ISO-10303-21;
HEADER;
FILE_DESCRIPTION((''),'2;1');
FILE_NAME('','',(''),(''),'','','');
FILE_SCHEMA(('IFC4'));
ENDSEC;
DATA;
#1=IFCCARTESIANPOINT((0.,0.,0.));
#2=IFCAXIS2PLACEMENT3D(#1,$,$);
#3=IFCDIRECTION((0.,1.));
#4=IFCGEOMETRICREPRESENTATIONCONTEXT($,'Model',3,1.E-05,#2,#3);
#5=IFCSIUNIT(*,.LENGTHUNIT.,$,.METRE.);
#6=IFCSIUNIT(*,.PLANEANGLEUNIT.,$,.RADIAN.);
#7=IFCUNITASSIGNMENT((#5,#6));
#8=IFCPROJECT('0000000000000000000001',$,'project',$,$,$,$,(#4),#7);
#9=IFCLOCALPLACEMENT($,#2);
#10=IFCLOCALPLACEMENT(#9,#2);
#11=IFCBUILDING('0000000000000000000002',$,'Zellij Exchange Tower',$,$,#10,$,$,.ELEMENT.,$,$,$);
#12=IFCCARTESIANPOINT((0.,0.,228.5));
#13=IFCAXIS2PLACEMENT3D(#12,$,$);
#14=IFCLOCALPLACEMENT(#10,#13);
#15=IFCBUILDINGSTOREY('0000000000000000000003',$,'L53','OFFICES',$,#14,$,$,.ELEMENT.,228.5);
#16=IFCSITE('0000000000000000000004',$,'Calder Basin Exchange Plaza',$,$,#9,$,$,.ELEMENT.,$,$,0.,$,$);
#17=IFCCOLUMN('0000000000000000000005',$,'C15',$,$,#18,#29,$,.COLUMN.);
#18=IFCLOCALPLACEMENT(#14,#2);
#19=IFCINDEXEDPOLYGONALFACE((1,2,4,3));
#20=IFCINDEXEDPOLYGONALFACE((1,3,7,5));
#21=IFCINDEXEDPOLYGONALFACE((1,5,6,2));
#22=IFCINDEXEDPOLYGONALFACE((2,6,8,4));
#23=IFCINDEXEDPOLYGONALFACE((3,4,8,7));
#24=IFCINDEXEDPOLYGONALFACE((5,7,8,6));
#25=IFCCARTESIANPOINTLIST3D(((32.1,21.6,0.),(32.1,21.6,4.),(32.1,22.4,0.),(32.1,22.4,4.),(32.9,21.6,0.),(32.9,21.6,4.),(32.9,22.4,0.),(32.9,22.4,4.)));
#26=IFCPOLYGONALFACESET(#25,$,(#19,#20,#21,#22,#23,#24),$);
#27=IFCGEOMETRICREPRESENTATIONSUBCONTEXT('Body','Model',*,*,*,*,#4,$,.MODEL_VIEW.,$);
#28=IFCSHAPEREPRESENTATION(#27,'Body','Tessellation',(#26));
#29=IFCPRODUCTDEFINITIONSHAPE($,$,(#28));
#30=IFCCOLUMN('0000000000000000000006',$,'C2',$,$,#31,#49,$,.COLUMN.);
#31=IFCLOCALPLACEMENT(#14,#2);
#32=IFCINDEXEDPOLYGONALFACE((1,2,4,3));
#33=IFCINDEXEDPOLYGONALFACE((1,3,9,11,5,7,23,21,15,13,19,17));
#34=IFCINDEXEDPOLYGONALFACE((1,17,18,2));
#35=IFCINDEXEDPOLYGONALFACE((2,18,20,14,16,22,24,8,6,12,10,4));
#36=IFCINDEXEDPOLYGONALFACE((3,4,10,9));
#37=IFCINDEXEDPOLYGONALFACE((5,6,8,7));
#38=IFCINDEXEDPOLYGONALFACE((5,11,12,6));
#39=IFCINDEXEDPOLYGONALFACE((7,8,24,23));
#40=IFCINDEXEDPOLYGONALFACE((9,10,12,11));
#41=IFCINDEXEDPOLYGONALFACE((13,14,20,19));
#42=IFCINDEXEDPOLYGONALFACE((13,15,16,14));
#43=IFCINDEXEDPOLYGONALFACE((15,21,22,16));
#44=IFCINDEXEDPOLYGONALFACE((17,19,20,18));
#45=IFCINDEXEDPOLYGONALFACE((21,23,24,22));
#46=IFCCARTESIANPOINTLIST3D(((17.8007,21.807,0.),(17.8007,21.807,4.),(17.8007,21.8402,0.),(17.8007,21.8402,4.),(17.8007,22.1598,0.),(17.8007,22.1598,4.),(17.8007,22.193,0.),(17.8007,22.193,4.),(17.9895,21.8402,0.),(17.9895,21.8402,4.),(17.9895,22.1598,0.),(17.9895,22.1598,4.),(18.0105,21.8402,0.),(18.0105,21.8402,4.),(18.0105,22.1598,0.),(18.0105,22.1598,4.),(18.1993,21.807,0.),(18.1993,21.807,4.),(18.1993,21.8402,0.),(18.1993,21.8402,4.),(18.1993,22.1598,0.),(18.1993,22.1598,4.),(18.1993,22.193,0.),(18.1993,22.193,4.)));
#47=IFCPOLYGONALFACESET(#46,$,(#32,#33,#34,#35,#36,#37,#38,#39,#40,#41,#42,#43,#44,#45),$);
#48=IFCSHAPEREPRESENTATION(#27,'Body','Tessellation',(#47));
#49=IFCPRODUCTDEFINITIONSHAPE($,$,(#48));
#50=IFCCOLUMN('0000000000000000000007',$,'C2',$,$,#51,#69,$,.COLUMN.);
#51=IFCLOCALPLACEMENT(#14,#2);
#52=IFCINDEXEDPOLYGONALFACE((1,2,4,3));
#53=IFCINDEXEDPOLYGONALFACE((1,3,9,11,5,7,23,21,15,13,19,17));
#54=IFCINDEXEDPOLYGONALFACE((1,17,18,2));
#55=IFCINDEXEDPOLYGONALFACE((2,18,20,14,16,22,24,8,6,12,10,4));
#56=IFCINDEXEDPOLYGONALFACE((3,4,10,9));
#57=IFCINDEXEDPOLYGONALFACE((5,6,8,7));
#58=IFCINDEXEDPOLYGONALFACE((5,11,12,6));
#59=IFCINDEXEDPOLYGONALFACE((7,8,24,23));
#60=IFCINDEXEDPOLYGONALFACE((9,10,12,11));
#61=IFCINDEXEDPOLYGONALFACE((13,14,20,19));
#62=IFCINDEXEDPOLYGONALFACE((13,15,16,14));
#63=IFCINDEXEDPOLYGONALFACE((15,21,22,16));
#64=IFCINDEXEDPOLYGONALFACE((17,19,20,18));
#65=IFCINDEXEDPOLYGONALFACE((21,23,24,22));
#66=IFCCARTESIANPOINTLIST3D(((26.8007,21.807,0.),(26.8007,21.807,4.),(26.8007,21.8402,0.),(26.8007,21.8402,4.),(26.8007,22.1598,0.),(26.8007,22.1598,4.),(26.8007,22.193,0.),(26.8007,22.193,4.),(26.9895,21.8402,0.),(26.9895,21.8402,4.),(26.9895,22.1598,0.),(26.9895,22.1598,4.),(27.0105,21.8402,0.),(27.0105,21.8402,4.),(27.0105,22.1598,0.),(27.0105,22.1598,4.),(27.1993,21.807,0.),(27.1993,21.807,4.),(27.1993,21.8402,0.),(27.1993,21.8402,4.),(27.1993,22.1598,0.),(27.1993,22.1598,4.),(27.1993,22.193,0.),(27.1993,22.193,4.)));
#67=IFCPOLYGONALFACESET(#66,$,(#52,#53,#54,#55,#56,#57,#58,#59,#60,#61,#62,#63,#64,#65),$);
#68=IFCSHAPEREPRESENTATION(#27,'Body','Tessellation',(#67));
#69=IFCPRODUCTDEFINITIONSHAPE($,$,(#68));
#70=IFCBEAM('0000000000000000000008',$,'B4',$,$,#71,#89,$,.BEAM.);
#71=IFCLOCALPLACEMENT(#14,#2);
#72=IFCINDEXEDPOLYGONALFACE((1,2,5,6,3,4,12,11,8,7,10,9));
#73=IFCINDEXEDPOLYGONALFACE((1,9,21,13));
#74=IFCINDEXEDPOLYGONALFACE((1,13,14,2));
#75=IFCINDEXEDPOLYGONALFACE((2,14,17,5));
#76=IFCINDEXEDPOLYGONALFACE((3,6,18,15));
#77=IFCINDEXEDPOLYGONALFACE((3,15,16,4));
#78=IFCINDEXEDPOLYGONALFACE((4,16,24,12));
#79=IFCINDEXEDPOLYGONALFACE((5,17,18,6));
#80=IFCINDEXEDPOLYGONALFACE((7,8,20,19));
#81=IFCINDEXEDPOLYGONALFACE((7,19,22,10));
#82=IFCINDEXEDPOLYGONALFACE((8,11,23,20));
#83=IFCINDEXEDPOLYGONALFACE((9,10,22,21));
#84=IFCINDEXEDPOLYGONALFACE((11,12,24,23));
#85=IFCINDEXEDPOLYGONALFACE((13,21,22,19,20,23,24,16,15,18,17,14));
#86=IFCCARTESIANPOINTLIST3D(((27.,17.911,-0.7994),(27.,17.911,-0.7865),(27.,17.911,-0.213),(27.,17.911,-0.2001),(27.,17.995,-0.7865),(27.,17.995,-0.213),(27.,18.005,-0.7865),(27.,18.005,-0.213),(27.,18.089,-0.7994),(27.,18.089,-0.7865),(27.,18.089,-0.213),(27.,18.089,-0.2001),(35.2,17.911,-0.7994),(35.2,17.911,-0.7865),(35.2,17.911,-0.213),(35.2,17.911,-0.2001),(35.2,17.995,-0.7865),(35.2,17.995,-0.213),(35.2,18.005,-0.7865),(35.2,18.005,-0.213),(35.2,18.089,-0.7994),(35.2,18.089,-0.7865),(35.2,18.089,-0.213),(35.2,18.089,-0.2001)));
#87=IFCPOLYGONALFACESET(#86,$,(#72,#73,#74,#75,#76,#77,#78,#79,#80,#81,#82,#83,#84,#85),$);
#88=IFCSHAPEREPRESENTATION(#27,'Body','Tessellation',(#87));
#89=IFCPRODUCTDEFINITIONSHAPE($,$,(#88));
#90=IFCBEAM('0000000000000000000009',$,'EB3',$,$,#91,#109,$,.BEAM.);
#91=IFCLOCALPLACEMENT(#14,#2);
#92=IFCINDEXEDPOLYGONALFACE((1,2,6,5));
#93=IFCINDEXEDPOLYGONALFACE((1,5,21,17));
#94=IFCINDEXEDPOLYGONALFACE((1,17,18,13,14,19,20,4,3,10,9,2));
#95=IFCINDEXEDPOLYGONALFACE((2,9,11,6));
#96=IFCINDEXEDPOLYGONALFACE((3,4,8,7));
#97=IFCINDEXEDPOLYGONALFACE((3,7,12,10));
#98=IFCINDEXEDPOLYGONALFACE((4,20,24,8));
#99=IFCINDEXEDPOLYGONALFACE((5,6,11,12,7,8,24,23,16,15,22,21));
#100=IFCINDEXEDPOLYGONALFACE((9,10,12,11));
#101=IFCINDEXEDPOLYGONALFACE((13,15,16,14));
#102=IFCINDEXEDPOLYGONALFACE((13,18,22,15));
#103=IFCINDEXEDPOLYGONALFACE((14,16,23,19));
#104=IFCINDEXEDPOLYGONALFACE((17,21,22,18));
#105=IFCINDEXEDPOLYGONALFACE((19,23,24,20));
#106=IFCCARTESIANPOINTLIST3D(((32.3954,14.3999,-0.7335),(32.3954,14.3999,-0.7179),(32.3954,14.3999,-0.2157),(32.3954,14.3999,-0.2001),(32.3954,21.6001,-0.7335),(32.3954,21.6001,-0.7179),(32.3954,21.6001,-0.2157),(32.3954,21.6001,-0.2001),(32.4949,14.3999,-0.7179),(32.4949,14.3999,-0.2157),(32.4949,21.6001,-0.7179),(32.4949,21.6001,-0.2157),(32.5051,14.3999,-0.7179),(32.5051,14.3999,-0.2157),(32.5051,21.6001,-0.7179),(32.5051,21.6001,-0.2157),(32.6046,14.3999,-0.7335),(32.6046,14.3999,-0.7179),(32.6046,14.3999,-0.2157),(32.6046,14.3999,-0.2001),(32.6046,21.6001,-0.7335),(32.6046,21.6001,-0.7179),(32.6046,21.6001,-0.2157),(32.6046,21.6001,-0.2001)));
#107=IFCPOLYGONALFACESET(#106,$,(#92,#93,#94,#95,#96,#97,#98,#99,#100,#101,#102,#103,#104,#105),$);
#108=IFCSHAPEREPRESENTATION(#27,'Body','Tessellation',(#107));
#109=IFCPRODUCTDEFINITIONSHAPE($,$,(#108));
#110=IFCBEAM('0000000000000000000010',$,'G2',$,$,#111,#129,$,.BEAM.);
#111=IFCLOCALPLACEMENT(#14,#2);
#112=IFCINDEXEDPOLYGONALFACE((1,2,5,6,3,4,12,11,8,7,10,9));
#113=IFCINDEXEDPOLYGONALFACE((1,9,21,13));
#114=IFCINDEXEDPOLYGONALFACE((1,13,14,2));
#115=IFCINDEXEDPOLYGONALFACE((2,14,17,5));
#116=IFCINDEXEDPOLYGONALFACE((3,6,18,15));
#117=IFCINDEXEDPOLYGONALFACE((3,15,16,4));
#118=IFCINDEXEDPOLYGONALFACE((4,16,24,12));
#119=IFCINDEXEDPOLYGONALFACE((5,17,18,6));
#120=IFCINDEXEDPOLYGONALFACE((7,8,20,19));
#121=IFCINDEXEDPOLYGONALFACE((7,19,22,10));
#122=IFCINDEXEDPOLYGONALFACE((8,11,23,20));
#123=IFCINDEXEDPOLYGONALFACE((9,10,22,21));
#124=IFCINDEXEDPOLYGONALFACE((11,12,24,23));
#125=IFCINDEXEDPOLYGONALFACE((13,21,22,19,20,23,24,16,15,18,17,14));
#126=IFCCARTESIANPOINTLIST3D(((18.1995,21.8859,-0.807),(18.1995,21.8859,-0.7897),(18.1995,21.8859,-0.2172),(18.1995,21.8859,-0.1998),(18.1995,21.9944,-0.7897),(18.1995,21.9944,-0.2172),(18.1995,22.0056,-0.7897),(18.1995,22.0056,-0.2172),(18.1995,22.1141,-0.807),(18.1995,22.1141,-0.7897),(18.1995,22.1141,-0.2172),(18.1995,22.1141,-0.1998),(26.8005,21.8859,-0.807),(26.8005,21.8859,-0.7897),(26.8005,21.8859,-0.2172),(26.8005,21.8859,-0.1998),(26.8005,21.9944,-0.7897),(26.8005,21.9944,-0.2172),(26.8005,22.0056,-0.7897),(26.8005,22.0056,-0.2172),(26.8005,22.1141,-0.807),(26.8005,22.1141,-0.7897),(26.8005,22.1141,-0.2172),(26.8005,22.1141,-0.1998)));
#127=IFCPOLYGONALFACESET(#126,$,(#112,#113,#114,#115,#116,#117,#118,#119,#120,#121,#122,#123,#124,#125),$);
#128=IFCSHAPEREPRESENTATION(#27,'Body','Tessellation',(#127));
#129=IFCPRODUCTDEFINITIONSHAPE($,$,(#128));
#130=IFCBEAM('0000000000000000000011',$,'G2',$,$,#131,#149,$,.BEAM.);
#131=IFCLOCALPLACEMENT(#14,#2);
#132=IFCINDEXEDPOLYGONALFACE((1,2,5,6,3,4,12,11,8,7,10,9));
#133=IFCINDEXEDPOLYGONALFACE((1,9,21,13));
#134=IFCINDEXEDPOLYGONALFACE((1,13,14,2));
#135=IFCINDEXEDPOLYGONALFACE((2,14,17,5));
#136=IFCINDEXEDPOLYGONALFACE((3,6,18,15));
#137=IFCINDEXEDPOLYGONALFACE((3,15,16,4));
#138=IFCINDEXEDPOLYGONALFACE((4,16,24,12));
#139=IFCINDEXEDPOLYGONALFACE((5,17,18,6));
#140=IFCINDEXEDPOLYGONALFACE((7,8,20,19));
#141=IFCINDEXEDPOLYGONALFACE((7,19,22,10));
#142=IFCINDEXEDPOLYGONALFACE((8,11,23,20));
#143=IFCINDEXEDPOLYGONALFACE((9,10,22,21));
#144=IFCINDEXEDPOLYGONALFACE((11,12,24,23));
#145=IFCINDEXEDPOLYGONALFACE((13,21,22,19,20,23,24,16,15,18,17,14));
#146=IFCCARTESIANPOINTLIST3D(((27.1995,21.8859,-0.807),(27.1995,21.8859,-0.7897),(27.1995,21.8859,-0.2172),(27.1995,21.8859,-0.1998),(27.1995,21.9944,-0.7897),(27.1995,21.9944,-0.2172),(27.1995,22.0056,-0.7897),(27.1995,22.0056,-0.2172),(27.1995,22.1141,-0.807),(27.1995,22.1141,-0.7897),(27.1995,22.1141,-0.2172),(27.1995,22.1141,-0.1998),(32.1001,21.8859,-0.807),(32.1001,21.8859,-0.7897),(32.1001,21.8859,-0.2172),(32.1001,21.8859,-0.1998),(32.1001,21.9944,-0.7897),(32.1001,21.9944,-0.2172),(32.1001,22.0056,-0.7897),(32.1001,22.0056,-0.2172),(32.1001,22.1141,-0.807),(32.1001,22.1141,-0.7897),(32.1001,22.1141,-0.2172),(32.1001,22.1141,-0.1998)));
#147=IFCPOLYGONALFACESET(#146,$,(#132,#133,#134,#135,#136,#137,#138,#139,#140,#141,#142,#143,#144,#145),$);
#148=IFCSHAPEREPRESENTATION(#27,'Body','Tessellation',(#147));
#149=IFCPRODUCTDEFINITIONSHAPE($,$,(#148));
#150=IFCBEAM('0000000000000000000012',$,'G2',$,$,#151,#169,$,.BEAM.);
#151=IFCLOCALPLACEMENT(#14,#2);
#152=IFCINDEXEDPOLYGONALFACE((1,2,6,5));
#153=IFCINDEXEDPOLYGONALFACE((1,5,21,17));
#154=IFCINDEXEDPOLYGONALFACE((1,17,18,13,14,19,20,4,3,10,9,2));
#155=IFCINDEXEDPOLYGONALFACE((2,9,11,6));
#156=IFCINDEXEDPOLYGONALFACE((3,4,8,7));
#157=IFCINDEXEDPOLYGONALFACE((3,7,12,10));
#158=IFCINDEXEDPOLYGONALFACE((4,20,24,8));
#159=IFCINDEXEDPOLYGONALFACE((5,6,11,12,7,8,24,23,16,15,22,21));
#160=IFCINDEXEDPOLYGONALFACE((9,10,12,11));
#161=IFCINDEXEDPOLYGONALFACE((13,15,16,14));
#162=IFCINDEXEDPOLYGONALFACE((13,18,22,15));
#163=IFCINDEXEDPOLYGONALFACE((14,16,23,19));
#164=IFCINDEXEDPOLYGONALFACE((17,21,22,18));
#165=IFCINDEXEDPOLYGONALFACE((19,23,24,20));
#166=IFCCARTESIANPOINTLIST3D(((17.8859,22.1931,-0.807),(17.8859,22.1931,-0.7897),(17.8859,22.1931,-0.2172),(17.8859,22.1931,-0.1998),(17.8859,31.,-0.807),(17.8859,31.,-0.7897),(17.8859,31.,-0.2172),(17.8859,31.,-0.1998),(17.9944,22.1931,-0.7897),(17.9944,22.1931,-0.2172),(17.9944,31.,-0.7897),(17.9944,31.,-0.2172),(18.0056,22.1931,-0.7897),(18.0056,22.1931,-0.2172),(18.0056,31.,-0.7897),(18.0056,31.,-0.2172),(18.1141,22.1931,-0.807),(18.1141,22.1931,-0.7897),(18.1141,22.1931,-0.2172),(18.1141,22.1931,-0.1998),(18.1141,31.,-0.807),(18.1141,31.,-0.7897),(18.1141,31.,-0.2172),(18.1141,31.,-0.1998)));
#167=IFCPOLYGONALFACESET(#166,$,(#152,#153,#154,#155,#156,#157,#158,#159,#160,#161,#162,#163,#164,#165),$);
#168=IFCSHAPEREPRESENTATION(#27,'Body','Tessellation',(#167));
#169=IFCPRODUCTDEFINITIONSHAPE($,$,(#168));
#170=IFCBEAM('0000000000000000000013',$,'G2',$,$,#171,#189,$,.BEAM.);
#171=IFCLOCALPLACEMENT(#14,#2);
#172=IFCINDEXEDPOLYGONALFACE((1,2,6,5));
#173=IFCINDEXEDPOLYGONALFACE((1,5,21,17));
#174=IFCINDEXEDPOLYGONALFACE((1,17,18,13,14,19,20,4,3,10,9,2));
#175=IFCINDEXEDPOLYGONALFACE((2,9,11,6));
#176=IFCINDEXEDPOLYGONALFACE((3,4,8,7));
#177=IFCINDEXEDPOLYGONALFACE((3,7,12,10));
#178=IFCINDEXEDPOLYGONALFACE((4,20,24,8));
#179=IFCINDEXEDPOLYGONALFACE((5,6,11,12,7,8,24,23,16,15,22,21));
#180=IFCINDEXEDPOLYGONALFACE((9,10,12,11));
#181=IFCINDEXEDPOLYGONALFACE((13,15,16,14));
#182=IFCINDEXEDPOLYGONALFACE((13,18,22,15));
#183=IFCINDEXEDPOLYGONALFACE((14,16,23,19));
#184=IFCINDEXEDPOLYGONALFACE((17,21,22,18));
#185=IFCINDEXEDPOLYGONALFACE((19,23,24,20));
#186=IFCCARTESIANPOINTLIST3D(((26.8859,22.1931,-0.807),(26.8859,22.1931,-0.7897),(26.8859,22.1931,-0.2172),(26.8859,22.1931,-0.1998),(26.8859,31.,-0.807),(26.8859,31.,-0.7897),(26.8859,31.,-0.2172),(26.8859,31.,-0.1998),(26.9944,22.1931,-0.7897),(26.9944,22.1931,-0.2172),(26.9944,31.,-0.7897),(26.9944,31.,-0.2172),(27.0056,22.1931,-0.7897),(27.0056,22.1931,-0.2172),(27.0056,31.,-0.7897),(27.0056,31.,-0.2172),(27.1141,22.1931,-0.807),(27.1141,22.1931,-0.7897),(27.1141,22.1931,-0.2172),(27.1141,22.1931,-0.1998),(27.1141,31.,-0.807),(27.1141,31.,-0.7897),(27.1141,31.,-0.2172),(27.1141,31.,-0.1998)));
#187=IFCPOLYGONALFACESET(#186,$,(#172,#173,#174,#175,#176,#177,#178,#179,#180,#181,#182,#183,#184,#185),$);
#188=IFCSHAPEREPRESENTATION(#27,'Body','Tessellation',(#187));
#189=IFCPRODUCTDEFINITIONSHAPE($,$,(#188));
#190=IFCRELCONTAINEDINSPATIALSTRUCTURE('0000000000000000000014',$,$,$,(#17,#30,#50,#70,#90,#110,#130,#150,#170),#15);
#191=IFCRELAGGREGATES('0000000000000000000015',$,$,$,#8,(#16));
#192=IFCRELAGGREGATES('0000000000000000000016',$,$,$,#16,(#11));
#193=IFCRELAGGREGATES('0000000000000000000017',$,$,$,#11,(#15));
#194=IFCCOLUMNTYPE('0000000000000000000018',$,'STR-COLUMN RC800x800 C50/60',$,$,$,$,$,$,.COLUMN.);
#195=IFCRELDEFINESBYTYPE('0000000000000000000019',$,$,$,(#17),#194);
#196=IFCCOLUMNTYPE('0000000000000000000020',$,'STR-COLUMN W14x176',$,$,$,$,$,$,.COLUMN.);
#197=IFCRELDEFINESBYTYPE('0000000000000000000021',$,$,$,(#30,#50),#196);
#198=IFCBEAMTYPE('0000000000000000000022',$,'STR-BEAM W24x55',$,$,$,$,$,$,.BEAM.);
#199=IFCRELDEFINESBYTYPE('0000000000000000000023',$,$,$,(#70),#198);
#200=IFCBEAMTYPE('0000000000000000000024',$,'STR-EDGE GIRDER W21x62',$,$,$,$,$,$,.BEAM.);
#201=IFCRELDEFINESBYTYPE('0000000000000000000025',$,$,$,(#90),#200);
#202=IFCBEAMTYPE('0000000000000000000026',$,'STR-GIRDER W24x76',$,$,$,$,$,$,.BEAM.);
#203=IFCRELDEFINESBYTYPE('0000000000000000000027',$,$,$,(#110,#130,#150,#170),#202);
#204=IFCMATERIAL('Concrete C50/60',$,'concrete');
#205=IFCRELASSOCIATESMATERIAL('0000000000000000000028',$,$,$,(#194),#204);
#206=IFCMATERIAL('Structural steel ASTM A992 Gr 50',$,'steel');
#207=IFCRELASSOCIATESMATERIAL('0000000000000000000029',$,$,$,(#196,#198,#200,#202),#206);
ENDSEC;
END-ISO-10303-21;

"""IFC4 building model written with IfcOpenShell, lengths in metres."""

from ifc_helpers import new_model, si_unit, direction, frame, origin, origin_2d, place, context, subcontext, project, spatial, rectangle, i_section, extrude, material, material_profile, profile_set, type_object, element, save


model = new_model("IFC4")

# Units and contexts
model_context = context("Model", 3, precision=1e-05, world=origin(), true_north=direction((0.0, 1.0)))
body_context = subcontext(model_context, "Body", "Model", "MODEL_VIEW")
ifc_project = project(units=[si_unit("LENGTHUNIT", "METRE"), si_unit("PLANEANGLEUNIT", "RADIAN")], contexts=[model_context])

# Site, building, storey
site_placement = place(None, origin())
site = spatial("IfcSite", under=ifc_project, at=site_placement, Name="Calder Basin Exchange Plaza", CompositionType="ELEMENT", RefElevation=0.0)
building_placement = place(site_placement, origin())
building = spatial("IfcBuilding", under=site, at=building_placement, Name="Zellij Exchange Tower", CompositionType="ELEMENT")
storey_placement = place(building_placement, frame((0.0, 0.0, 228.5)))
storey = spatial("IfcBuildingStorey", under=building, at=storey_placement, Name="L53", Description="OFFICES", CompositionType="ELEMENT", Elevation=228.5)

# Columns
ifc_material_1 = material(Name="Concrete C50/60", Category="concrete")
ifc_material_profile_1 = material_profile(ifc_material_1, rectangle(XDim=0.8, YDim=0.8, at=origin_2d()), Name="STR-COLUMN RC800x800 C50/60")
ifc_profile_set_1 = profile_set([ifc_material_profile_1], Name="Concrete C50/60")
column_type_1 = type_object("IfcColumnType", Name="STR-COLUMN RC800x800 C50/60", PredefinedType="COLUMN", material=ifc_profile_set_1)
column_placement = place(storey_placement, frame((32.5, 22.0, 0.0), z_axis=(0.0, 0.0, 1.0), x_axis=(1.0, 0.0, 0.0)))
element("IfcColumn", 1, at=column_placement, inside=storey, type_object=column_type_1, Name="C15", PredefinedType="COLUMN", context=body_context, shape_type="SweptSolid", body=[
    extrude(rectangle(XDim=0.8, YDim=0.8, at=origin_2d()), origin(), (0.0, 0.0, 1.0), 4.0),
])
ifc_material_2 = material(Name="Structural steel ASTM A992 Gr 50", Category="steel")
ifc_material_profile_2 = material_profile(ifc_material_2, i_section(OverallWidth=0.3987, OverallDepth=0.386, WebThickness=0.021, FlangeThickness=0.0332, at=origin_2d()), Name="W14x176")
ifc_profile_set_2 = profile_set([ifc_material_profile_2], Name="Structural steel ASTM A992 Gr 50")
column_type_2 = type_object("IfcColumnType", Name="STR-COLUMN W14x176", PredefinedType="COLUMN", material=ifc_profile_set_2)
for number, where, z_axis, x_axis, name in (
    (2, (18.0, 22.0, 0.0), (0.0, 0.0, 1.0), (1.0, 0.0, 0.0), "C2"),
    (3, (27.0, 22.0, 0.0), (0.0, 0.0, 1.0), (1.0, 0.0, 0.0), "C2"),
):
    element("IfcColumn", number, at=place(storey_placement, frame(where, z_axis=z_axis, x_axis=x_axis)), inside=storey, type_object=column_type_2, Name=name, PredefinedType="COLUMN", context=body_context, shape_type="SweptSolid", body=[
        extrude(i_section(OverallWidth=0.3987, OverallDepth=0.386, WebThickness=0.021, FlangeThickness=0.0332, at=origin_2d()), origin(), (0.0, 0.0, 1.0), 4.0),
    ])

# Beams
ifc_material_profile_3 = material_profile(ifc_material_2, i_section(OverallWidth=0.178, OverallDepth=0.5994, WebThickness=0.01, FlangeThickness=0.0129, at=origin_2d()), Name="W24x55")
ifc_profile_set_3 = profile_set([ifc_material_profile_3], Name="Structural steel ASTM A992 Gr 50")
beam_type_1 = type_object("IfcBeamType", Name="STR-BEAM W24x55", PredefinedType="BEAM", material=ifc_profile_set_3)
beam_1_placement = place(storey_placement, frame((27.0, 18.0, -0.4998), z_axis=(1.0, 0.0, 0.0), x_axis=(0.0, 1.0, 0.0)))
element("IfcBeam", 4, at=beam_1_placement, inside=storey, type_object=beam_type_1, Name="B4", PredefinedType="BEAM", context=body_context, shape_type="SweptSolid", body=[
    extrude(i_section(OverallWidth=0.178, OverallDepth=0.5994, WebThickness=0.01, FlangeThickness=0.0129, at=origin_2d()), origin(), (0.0, 0.0, 1.0), 8.2),
])
ifc_material_profile_4 = material_profile(ifc_material_2, i_section(OverallWidth=0.2092, OverallDepth=0.5334, WebThickness=0.0103, FlangeThickness=0.0156, at=origin_2d()), Name="W21x62")
ifc_profile_set_4 = profile_set([ifc_material_profile_4], Name="Structural steel ASTM A992 Gr 50")
beam_type_2 = type_object("IfcBeamType", Name="STR-EDGE GIRDER W21x62", PredefinedType="BEAM", material=ifc_profile_set_4)
beam_2_placement = place(storey_placement, frame((32.5, 14.3999, -0.4668), z_axis=(0.0, 1.0, 0.0), x_axis=(-1.0, 0.0, 0.0)))
element("IfcBeam", 5, at=beam_2_placement, inside=storey, type_object=beam_type_2, Name="EB3", PredefinedType="BEAM", context=body_context, shape_type="SweptSolid", body=[
    extrude(i_section(OverallWidth=0.2092, OverallDepth=0.5334, WebThickness=0.0103, FlangeThickness=0.0156, at=origin_2d()), origin(), (0.0, 0.0, 1.0), 7.2002),
])
ifc_material_profile_5 = material_profile(ifc_material_2, i_section(OverallWidth=0.2283, OverallDepth=0.6072, WebThickness=0.0112, FlangeThickness=0.0173, at=origin_2d()), Name="W24x76")
ifc_profile_set_5 = profile_set([ifc_material_profile_5], Name="Structural steel ASTM A992 Gr 50")
beam_type_3 = type_object("IfcBeamType", Name="STR-GIRDER W24x76", PredefinedType="BEAM", material=ifc_profile_set_5)
beam_3_placement = place(storey_placement, frame((18.1995, 22.0, -0.5034), z_axis=(1.0, 0.0, 0.0), x_axis=(0.0, 1.0, 0.0)))
element("IfcBeam", 6, at=beam_3_placement, inside=storey, type_object=beam_type_3, Name="G2", PredefinedType="BEAM", context=body_context, shape_type="SweptSolid", body=[
    extrude(i_section(OverallWidth=0.2283, OverallDepth=0.6072, WebThickness=0.0112, FlangeThickness=0.0173, at=origin_2d()), origin(), (0.0, 0.0, 1.0), 8.6011),
])
beam_4_placement = place(storey_placement, frame((27.1995, 22.0, -0.5034), z_axis=(1.0, 0.0, 0.0), x_axis=(0.0, 1.0, 0.0)))
element("IfcBeam", 7, at=beam_4_placement, inside=storey, type_object=beam_type_3, Name="G2", PredefinedType="BEAM", context=body_context, shape_type="SweptSolid", body=[
    extrude(i_section(OverallWidth=0.2283, OverallDepth=0.6072, WebThickness=0.0112, FlangeThickness=0.0173, at=origin_2d()), origin(), (0.0, 0.0, 1.0), 4.9006),
])
for number, where, z_axis, x_axis, name in (
    (8, (18.0, 22.1931, -0.5034), (0.0, 1.0, 0.0), (-1.0, 0.0, 0.0), "G2"),
    (9, (27.0, 22.1931, -0.5034), (0.0, 1.0, 0.0), (-1.0, 0.0, 0.0), "G2"),
):
    element("IfcBeam", number, at=place(storey_placement, frame(where, z_axis=z_axis, x_axis=x_axis)), inside=storey, type_object=beam_type_3, Name=name, PredefinedType="BEAM", context=body_context, shape_type="SweptSolid", body=[
        extrude(i_section(OverallWidth=0.2283, OverallDepth=0.6072, WebThickness=0.0112, FlangeThickness=0.0173, at=origin_2d()), origin(), (0.0, 0.0, 1.0), 8.8069),
    ])

save(model, "model.ifc")
